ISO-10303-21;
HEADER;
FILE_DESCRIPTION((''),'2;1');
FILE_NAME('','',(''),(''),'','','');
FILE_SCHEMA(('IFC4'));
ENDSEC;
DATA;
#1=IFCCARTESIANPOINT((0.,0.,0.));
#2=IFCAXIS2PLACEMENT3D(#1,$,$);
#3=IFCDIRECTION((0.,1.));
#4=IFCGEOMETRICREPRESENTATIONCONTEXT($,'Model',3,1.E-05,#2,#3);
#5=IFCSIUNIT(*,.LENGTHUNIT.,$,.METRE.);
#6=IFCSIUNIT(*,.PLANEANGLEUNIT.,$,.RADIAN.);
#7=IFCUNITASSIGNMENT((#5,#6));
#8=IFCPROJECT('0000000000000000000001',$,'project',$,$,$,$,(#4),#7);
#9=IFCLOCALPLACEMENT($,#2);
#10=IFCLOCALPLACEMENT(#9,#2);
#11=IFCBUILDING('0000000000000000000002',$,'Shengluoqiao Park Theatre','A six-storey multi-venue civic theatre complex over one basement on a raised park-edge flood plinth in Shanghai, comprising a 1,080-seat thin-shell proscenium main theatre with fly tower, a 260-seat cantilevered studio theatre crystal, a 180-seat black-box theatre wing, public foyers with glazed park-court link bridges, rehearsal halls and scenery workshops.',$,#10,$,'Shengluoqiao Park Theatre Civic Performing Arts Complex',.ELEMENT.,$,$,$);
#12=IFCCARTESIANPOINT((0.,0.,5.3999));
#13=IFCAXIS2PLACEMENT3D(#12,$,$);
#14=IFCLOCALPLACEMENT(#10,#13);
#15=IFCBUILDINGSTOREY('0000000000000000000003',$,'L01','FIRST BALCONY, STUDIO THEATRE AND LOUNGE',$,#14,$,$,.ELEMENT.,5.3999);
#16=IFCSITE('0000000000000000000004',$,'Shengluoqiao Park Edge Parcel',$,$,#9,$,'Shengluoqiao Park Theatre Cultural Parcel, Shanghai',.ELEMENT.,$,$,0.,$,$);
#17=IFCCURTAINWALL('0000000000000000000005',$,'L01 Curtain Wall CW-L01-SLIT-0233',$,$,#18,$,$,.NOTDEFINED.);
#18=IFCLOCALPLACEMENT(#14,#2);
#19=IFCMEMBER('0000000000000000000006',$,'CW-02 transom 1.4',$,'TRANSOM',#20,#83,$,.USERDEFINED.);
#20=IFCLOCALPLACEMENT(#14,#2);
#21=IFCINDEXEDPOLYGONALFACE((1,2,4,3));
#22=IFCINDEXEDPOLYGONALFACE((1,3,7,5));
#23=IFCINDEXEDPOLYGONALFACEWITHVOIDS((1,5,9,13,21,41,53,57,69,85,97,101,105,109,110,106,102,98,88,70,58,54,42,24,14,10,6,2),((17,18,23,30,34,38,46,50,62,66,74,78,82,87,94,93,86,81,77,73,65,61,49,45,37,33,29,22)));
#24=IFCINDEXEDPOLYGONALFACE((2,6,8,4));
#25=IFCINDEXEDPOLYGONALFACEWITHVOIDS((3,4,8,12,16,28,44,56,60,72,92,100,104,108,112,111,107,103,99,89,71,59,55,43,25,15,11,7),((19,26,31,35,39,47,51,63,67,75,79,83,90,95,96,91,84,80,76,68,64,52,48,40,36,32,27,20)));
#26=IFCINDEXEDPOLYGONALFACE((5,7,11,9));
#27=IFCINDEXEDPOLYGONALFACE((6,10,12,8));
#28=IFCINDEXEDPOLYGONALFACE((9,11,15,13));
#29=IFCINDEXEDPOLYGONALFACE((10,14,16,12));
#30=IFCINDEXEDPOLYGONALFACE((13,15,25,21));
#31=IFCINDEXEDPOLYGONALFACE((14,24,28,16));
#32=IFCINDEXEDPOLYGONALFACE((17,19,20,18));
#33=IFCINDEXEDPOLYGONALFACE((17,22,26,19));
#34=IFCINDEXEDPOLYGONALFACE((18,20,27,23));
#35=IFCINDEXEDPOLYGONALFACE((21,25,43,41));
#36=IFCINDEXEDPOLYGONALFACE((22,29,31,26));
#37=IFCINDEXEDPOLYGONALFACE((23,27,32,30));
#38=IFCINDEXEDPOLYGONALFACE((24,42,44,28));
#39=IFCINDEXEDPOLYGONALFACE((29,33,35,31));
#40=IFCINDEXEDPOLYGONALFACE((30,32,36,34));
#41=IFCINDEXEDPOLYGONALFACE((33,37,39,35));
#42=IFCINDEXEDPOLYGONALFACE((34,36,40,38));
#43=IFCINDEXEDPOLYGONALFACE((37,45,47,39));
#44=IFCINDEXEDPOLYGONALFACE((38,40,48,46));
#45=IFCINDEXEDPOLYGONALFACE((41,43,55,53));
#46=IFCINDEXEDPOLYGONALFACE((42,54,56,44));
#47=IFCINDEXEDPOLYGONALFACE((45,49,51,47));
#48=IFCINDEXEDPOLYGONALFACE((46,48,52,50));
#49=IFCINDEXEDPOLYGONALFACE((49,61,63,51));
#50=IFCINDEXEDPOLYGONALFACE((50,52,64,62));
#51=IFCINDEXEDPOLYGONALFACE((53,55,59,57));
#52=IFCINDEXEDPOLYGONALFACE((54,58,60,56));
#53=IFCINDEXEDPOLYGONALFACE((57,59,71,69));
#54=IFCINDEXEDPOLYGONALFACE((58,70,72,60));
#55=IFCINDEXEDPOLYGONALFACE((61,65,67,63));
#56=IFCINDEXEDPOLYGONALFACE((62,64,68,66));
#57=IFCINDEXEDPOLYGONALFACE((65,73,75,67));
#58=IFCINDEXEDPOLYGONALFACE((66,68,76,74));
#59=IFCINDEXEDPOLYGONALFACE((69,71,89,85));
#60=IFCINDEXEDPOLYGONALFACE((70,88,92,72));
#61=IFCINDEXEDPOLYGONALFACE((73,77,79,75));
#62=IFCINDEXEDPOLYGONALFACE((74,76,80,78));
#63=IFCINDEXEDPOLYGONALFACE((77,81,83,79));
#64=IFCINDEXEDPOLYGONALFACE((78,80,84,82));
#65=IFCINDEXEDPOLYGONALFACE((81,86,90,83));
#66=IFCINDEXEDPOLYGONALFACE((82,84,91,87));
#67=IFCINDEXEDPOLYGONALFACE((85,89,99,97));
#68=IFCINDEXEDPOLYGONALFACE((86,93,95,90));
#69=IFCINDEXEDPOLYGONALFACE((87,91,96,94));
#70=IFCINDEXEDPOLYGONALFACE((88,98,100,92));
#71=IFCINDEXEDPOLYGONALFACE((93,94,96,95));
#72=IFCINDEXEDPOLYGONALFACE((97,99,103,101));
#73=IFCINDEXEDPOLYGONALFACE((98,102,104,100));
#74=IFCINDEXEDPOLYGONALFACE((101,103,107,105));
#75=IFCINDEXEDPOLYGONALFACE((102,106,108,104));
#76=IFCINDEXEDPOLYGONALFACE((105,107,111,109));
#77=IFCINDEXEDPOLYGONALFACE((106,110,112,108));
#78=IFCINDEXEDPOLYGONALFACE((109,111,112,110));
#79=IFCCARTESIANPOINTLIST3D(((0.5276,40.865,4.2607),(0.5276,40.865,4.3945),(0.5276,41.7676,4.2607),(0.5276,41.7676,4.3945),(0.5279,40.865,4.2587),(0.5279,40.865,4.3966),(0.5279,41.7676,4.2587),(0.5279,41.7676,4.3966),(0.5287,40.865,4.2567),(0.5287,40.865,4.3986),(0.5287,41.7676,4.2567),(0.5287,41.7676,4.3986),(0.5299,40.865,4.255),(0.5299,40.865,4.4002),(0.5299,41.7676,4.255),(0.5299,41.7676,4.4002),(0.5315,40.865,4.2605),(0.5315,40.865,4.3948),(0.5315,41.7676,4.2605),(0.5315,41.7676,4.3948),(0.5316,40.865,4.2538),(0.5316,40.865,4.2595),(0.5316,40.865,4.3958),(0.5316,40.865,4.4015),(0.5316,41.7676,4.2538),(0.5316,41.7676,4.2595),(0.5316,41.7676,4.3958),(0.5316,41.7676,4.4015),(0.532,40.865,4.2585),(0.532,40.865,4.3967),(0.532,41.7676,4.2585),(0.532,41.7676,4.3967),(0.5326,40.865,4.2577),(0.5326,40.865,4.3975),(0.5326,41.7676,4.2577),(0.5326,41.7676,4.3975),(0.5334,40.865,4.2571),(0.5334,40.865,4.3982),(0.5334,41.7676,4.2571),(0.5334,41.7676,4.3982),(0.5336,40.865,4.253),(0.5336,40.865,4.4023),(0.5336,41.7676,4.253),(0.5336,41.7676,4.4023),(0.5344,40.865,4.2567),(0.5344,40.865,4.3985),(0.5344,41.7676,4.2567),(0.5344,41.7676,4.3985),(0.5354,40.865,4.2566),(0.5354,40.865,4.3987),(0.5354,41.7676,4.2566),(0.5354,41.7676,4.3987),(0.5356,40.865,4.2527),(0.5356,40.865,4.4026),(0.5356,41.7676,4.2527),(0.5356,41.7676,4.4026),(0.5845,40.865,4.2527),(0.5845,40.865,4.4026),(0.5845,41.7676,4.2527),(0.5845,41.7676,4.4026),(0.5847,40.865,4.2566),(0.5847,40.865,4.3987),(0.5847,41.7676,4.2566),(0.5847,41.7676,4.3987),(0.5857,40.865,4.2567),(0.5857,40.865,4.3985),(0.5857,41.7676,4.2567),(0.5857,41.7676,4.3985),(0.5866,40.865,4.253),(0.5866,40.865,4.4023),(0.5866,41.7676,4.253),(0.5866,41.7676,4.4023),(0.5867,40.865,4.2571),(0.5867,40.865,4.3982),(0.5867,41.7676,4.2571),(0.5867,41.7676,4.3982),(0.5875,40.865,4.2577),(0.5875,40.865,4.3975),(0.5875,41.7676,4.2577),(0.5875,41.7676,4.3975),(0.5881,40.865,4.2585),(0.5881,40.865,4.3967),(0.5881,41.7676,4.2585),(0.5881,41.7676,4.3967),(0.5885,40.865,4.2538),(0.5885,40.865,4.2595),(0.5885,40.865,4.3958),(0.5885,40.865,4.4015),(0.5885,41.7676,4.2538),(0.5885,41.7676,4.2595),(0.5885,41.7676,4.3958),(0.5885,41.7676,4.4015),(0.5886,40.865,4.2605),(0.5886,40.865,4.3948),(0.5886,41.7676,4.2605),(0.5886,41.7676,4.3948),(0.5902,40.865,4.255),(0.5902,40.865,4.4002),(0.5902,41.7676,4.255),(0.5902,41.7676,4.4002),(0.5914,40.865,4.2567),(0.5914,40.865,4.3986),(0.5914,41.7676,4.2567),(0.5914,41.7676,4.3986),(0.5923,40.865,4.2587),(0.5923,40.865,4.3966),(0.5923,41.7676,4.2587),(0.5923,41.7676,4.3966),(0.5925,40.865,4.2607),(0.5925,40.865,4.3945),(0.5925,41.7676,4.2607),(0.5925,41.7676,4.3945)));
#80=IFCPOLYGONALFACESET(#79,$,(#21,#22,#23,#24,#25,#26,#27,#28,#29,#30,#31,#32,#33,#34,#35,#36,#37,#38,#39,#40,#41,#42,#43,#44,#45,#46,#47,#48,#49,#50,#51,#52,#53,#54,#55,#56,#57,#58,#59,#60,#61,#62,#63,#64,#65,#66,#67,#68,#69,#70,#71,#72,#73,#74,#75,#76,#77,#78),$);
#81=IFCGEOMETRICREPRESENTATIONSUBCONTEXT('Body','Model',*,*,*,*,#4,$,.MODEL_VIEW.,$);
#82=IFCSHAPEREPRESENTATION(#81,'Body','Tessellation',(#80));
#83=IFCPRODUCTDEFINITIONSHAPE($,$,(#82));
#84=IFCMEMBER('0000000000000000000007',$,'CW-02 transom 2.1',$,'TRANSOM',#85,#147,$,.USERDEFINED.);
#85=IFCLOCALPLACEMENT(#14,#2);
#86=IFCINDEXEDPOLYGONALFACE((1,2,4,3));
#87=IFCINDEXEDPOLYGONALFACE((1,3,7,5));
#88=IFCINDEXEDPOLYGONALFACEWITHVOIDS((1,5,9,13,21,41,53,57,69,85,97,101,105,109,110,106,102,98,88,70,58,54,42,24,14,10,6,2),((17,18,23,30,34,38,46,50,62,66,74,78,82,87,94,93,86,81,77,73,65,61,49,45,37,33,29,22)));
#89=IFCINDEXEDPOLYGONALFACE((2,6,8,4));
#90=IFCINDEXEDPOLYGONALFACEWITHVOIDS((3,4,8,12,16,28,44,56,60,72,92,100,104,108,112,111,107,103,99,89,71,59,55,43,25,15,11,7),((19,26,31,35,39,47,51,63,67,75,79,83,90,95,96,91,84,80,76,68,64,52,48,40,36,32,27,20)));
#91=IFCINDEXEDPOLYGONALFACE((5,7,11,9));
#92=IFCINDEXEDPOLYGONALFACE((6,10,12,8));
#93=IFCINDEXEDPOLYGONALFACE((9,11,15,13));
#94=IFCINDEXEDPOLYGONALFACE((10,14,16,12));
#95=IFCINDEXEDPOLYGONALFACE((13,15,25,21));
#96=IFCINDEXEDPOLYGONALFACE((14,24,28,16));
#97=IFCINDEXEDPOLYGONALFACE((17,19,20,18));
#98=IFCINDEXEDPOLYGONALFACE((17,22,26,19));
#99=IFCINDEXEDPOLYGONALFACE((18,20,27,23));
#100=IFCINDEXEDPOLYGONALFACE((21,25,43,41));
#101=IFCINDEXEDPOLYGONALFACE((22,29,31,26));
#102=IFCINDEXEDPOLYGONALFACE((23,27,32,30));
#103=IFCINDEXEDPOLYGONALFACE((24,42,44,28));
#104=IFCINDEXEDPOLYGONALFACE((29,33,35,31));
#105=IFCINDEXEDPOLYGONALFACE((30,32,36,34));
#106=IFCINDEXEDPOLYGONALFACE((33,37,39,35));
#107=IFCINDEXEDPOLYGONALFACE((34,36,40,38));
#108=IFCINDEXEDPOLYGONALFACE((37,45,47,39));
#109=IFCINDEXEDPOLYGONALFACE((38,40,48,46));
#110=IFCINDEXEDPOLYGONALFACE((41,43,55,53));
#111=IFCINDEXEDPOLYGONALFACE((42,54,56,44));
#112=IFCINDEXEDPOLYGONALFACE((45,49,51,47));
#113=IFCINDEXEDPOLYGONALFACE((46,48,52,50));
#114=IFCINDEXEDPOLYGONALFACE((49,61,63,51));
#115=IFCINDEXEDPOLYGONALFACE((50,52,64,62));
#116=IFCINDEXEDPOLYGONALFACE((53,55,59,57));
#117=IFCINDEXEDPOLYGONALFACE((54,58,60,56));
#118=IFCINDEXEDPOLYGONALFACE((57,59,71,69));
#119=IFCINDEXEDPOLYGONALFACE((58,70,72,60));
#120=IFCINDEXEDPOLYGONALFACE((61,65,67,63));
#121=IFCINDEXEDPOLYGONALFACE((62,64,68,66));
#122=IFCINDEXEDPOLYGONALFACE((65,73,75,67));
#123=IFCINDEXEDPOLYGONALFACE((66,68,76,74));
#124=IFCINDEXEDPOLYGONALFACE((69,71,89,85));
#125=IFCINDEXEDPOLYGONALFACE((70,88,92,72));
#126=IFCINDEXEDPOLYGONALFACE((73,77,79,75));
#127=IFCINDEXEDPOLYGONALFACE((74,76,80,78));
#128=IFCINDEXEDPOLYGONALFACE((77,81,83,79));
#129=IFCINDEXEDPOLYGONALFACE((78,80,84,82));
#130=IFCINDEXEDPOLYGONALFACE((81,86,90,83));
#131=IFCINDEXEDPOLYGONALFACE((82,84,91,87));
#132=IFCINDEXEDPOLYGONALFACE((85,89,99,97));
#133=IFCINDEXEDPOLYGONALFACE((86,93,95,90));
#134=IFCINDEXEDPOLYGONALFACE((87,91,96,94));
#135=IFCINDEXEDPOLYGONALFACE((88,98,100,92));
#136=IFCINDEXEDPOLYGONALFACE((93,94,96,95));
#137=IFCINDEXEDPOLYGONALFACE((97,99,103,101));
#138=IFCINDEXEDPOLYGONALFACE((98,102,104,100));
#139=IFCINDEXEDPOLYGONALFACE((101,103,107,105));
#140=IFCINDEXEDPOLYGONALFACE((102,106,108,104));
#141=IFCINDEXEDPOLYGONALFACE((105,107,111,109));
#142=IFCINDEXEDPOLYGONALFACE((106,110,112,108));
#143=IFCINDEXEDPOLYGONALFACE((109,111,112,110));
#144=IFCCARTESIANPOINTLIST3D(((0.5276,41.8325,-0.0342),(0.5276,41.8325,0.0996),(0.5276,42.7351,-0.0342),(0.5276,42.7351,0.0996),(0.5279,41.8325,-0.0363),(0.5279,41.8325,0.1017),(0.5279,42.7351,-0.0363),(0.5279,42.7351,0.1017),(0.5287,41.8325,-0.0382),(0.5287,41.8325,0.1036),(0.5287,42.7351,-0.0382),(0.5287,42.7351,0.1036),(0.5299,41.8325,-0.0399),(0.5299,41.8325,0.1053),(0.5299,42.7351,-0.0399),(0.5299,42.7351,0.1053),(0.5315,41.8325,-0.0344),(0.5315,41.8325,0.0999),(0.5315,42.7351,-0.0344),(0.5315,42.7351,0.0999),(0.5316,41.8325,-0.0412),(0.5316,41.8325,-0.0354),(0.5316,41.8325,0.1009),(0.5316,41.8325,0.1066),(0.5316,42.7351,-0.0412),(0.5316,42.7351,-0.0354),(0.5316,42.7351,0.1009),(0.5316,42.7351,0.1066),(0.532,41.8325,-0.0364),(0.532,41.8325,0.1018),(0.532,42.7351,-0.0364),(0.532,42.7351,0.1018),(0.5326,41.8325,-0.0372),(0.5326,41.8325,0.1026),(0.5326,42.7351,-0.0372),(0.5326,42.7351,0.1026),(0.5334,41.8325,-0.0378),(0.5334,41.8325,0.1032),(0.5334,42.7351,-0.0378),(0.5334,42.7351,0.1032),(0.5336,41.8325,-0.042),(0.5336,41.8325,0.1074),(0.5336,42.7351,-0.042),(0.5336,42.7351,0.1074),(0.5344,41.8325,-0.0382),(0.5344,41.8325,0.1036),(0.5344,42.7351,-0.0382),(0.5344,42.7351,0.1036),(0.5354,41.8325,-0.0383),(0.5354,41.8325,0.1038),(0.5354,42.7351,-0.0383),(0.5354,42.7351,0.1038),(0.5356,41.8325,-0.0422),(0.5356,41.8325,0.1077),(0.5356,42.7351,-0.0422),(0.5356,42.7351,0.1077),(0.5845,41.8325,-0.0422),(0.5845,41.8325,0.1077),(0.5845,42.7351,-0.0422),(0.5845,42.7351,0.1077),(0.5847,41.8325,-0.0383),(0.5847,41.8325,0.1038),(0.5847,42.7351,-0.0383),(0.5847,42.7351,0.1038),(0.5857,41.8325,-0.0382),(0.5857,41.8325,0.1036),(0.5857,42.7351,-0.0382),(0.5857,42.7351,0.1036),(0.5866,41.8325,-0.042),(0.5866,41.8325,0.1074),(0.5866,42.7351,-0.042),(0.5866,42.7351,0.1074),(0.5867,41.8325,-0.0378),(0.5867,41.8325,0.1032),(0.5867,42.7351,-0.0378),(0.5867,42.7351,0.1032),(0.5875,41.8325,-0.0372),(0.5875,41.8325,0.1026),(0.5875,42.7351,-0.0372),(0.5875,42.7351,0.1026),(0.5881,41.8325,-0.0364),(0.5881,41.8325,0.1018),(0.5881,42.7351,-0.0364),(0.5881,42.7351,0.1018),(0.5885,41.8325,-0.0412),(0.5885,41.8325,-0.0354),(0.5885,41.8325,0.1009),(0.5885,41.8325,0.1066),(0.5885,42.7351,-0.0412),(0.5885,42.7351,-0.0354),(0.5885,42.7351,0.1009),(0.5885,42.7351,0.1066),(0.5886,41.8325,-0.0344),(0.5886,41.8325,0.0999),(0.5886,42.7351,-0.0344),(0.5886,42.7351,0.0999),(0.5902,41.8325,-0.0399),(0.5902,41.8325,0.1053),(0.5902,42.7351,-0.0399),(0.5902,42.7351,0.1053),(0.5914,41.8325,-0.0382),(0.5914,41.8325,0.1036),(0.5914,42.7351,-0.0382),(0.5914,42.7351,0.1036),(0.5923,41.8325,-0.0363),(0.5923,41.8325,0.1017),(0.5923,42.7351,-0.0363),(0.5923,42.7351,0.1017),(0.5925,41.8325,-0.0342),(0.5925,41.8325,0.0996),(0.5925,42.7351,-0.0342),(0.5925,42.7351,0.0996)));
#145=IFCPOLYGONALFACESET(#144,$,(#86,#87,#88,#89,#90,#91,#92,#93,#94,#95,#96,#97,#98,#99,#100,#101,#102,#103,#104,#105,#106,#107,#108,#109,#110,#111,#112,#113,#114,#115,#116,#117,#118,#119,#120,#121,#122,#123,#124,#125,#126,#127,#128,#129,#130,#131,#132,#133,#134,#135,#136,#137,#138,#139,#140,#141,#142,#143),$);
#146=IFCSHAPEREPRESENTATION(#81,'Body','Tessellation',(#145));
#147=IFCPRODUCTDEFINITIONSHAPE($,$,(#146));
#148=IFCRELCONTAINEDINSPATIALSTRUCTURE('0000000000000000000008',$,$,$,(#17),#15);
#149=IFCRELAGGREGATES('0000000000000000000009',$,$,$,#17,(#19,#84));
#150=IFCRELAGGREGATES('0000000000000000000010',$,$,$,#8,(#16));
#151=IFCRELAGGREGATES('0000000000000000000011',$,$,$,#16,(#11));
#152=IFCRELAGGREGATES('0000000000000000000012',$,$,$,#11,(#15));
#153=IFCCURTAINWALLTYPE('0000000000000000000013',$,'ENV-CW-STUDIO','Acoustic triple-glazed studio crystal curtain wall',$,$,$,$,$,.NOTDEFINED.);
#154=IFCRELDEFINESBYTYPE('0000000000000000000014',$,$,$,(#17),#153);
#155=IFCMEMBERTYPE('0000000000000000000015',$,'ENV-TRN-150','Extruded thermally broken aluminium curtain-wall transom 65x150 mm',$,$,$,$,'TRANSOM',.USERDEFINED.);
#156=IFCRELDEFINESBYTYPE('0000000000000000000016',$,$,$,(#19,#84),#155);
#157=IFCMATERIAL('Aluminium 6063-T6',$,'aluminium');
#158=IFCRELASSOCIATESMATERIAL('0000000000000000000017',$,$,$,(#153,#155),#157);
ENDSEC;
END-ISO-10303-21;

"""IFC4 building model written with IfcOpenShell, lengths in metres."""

from ifc_helpers import new_model, si_unit, direction, frame, origin, origin_2d, place, context, subcontext, project, spatial, hollow_rectangle, extrude, material, material_profile, profile_set, type_object, element, aggregate, save


model = new_model("IFC4")

# Units and contexts
model_context = context("Model", 3, precision=1e-05, world=origin(), true_north=direction((0.0, 1.0)))
body_context = subcontext(model_context, "Body", "Model", "MODEL_VIEW")
ifc_project = project(units=[si_unit("LENGTHUNIT", "METRE"), si_unit("PLANEANGLEUNIT", "RADIAN")], contexts=[model_context])

# Site, building, storey
site_placement = place(None, origin())
site = spatial("IfcSite", under=ifc_project, at=site_placement, Name="Shengluoqiao Park Edge Parcel", LongName="Shengluoqiao Park Theatre Cultural Parcel, Shanghai", CompositionType="ELEMENT", RefElevation=0.0)
building_placement = place(site_placement, origin())
building = spatial("IfcBuilding", under=site, at=building_placement, Name="Shengluoqiao Park Theatre", Description="A six-storey multi-venue civic theatre complex over one basement on a raised park-edge flood plinth in Shanghai, comprising a 1,080-seat thin-shell proscenium main theatre with fly tower, a 260-seat cantilevered studio theatre crystal, a 180-seat black-box theatre wing, public foyers with glazed park-court link bridges, rehearsal halls and scenery workshops.", LongName="Shengluoqiao Park Theatre Civic Performing Arts Complex", CompositionType="ELEMENT")
storey_placement = place(building_placement, frame((0.0, 0.0, 5.3999)))
storey = spatial("IfcBuildingStorey", under=building, at=storey_placement, Name="L01", Description="FIRST BALCONY, STUDIO THEATRE AND LOUNGE", CompositionType="ELEMENT", Elevation=5.3999)

# Curtain wall, members
ifc_material_1 = material(Name="Aluminium 6063-T6", Category="aluminium")
curtain_wall_type = type_object("IfcCurtainWallType", Name="ENV-CW-STUDIO", Description="Acoustic triple-glazed studio crystal curtain wall", PredefinedType="NOTDEFINED", material=ifc_material_1)
curtain_wall_placement = place(storey_placement, origin())
curtain_wall = element("IfcCurtainWall", 1, at=curtain_wall_placement, inside=storey, type_object=curtain_wall_type, Name="L01 Curtain Wall CW-L01-SLIT-0233", PredefinedType="NOTDEFINED")
ifc_material_profile_1 = material_profile(ifc_material_1, hollow_rectangle(XDim=0.0649, YDim=0.1499, WallThickness=0.0039, InnerFilletRadius=0.0039, OuterFilletRadius=0.0081, at=origin_2d()), Name="ALU TRANSOM 150x65x4")
ifc_profile_set_1 = profile_set([ifc_material_profile_1], Name="Aluminium 6063-T6")
member_type_1 = type_object("IfcMemberType", Name="ENV-TRN-150", Description="Extruded thermally broken aluminium curtain-wall transom 65x150 mm", ElementType="TRANSOM", PredefinedType="USERDEFINED", material=ifc_profile_set_1)
member_1_placement = place(storey_placement, frame((0.5601, 40.865, 4.3276), z_axis=(0.0, 1.0, 0.0), x_axis=(-1.0, 0.0, 0.0)))
member_1 = element("IfcMember", 2, at=member_1_placement, type_object=member_type_1, Name="CW-02 transom 1.4", ObjectType="TRANSOM", PredefinedType="USERDEFINED", context=body_context, shape_type="SweptSolid", body=[
    extrude(hollow_rectangle(XDim=0.0649, YDim=0.1499, WallThickness=0.0039, InnerFilletRadius=0.0039, OuterFilletRadius=0.0081, at=origin_2d()), origin(), (0.0, 0.0, 1.0), 0.9026),
])
member_2_placement = place(storey_placement, frame((0.5601, 41.8325, 0.0327), z_axis=(0.0, 1.0, 0.0), x_axis=(-1.0, 0.0, 0.0)))
member_2 = element("IfcMember", 3, at=member_2_placement, type_object=member_type_1, Name="CW-02 transom 2.1", ObjectType="TRANSOM", PredefinedType="USERDEFINED", context=body_context, shape_type="SweptSolid", body=[
    extrude(hollow_rectangle(XDim=0.0649, YDim=0.1499, WallThickness=0.0039, InnerFilletRadius=0.0039, OuterFilletRadius=0.0081, at=origin_2d()), origin(), (0.0, 0.0, 1.0), 0.9026),
])

aggregate(curtain_wall, [member_1, member_2])

save(model, "model.ifc")
